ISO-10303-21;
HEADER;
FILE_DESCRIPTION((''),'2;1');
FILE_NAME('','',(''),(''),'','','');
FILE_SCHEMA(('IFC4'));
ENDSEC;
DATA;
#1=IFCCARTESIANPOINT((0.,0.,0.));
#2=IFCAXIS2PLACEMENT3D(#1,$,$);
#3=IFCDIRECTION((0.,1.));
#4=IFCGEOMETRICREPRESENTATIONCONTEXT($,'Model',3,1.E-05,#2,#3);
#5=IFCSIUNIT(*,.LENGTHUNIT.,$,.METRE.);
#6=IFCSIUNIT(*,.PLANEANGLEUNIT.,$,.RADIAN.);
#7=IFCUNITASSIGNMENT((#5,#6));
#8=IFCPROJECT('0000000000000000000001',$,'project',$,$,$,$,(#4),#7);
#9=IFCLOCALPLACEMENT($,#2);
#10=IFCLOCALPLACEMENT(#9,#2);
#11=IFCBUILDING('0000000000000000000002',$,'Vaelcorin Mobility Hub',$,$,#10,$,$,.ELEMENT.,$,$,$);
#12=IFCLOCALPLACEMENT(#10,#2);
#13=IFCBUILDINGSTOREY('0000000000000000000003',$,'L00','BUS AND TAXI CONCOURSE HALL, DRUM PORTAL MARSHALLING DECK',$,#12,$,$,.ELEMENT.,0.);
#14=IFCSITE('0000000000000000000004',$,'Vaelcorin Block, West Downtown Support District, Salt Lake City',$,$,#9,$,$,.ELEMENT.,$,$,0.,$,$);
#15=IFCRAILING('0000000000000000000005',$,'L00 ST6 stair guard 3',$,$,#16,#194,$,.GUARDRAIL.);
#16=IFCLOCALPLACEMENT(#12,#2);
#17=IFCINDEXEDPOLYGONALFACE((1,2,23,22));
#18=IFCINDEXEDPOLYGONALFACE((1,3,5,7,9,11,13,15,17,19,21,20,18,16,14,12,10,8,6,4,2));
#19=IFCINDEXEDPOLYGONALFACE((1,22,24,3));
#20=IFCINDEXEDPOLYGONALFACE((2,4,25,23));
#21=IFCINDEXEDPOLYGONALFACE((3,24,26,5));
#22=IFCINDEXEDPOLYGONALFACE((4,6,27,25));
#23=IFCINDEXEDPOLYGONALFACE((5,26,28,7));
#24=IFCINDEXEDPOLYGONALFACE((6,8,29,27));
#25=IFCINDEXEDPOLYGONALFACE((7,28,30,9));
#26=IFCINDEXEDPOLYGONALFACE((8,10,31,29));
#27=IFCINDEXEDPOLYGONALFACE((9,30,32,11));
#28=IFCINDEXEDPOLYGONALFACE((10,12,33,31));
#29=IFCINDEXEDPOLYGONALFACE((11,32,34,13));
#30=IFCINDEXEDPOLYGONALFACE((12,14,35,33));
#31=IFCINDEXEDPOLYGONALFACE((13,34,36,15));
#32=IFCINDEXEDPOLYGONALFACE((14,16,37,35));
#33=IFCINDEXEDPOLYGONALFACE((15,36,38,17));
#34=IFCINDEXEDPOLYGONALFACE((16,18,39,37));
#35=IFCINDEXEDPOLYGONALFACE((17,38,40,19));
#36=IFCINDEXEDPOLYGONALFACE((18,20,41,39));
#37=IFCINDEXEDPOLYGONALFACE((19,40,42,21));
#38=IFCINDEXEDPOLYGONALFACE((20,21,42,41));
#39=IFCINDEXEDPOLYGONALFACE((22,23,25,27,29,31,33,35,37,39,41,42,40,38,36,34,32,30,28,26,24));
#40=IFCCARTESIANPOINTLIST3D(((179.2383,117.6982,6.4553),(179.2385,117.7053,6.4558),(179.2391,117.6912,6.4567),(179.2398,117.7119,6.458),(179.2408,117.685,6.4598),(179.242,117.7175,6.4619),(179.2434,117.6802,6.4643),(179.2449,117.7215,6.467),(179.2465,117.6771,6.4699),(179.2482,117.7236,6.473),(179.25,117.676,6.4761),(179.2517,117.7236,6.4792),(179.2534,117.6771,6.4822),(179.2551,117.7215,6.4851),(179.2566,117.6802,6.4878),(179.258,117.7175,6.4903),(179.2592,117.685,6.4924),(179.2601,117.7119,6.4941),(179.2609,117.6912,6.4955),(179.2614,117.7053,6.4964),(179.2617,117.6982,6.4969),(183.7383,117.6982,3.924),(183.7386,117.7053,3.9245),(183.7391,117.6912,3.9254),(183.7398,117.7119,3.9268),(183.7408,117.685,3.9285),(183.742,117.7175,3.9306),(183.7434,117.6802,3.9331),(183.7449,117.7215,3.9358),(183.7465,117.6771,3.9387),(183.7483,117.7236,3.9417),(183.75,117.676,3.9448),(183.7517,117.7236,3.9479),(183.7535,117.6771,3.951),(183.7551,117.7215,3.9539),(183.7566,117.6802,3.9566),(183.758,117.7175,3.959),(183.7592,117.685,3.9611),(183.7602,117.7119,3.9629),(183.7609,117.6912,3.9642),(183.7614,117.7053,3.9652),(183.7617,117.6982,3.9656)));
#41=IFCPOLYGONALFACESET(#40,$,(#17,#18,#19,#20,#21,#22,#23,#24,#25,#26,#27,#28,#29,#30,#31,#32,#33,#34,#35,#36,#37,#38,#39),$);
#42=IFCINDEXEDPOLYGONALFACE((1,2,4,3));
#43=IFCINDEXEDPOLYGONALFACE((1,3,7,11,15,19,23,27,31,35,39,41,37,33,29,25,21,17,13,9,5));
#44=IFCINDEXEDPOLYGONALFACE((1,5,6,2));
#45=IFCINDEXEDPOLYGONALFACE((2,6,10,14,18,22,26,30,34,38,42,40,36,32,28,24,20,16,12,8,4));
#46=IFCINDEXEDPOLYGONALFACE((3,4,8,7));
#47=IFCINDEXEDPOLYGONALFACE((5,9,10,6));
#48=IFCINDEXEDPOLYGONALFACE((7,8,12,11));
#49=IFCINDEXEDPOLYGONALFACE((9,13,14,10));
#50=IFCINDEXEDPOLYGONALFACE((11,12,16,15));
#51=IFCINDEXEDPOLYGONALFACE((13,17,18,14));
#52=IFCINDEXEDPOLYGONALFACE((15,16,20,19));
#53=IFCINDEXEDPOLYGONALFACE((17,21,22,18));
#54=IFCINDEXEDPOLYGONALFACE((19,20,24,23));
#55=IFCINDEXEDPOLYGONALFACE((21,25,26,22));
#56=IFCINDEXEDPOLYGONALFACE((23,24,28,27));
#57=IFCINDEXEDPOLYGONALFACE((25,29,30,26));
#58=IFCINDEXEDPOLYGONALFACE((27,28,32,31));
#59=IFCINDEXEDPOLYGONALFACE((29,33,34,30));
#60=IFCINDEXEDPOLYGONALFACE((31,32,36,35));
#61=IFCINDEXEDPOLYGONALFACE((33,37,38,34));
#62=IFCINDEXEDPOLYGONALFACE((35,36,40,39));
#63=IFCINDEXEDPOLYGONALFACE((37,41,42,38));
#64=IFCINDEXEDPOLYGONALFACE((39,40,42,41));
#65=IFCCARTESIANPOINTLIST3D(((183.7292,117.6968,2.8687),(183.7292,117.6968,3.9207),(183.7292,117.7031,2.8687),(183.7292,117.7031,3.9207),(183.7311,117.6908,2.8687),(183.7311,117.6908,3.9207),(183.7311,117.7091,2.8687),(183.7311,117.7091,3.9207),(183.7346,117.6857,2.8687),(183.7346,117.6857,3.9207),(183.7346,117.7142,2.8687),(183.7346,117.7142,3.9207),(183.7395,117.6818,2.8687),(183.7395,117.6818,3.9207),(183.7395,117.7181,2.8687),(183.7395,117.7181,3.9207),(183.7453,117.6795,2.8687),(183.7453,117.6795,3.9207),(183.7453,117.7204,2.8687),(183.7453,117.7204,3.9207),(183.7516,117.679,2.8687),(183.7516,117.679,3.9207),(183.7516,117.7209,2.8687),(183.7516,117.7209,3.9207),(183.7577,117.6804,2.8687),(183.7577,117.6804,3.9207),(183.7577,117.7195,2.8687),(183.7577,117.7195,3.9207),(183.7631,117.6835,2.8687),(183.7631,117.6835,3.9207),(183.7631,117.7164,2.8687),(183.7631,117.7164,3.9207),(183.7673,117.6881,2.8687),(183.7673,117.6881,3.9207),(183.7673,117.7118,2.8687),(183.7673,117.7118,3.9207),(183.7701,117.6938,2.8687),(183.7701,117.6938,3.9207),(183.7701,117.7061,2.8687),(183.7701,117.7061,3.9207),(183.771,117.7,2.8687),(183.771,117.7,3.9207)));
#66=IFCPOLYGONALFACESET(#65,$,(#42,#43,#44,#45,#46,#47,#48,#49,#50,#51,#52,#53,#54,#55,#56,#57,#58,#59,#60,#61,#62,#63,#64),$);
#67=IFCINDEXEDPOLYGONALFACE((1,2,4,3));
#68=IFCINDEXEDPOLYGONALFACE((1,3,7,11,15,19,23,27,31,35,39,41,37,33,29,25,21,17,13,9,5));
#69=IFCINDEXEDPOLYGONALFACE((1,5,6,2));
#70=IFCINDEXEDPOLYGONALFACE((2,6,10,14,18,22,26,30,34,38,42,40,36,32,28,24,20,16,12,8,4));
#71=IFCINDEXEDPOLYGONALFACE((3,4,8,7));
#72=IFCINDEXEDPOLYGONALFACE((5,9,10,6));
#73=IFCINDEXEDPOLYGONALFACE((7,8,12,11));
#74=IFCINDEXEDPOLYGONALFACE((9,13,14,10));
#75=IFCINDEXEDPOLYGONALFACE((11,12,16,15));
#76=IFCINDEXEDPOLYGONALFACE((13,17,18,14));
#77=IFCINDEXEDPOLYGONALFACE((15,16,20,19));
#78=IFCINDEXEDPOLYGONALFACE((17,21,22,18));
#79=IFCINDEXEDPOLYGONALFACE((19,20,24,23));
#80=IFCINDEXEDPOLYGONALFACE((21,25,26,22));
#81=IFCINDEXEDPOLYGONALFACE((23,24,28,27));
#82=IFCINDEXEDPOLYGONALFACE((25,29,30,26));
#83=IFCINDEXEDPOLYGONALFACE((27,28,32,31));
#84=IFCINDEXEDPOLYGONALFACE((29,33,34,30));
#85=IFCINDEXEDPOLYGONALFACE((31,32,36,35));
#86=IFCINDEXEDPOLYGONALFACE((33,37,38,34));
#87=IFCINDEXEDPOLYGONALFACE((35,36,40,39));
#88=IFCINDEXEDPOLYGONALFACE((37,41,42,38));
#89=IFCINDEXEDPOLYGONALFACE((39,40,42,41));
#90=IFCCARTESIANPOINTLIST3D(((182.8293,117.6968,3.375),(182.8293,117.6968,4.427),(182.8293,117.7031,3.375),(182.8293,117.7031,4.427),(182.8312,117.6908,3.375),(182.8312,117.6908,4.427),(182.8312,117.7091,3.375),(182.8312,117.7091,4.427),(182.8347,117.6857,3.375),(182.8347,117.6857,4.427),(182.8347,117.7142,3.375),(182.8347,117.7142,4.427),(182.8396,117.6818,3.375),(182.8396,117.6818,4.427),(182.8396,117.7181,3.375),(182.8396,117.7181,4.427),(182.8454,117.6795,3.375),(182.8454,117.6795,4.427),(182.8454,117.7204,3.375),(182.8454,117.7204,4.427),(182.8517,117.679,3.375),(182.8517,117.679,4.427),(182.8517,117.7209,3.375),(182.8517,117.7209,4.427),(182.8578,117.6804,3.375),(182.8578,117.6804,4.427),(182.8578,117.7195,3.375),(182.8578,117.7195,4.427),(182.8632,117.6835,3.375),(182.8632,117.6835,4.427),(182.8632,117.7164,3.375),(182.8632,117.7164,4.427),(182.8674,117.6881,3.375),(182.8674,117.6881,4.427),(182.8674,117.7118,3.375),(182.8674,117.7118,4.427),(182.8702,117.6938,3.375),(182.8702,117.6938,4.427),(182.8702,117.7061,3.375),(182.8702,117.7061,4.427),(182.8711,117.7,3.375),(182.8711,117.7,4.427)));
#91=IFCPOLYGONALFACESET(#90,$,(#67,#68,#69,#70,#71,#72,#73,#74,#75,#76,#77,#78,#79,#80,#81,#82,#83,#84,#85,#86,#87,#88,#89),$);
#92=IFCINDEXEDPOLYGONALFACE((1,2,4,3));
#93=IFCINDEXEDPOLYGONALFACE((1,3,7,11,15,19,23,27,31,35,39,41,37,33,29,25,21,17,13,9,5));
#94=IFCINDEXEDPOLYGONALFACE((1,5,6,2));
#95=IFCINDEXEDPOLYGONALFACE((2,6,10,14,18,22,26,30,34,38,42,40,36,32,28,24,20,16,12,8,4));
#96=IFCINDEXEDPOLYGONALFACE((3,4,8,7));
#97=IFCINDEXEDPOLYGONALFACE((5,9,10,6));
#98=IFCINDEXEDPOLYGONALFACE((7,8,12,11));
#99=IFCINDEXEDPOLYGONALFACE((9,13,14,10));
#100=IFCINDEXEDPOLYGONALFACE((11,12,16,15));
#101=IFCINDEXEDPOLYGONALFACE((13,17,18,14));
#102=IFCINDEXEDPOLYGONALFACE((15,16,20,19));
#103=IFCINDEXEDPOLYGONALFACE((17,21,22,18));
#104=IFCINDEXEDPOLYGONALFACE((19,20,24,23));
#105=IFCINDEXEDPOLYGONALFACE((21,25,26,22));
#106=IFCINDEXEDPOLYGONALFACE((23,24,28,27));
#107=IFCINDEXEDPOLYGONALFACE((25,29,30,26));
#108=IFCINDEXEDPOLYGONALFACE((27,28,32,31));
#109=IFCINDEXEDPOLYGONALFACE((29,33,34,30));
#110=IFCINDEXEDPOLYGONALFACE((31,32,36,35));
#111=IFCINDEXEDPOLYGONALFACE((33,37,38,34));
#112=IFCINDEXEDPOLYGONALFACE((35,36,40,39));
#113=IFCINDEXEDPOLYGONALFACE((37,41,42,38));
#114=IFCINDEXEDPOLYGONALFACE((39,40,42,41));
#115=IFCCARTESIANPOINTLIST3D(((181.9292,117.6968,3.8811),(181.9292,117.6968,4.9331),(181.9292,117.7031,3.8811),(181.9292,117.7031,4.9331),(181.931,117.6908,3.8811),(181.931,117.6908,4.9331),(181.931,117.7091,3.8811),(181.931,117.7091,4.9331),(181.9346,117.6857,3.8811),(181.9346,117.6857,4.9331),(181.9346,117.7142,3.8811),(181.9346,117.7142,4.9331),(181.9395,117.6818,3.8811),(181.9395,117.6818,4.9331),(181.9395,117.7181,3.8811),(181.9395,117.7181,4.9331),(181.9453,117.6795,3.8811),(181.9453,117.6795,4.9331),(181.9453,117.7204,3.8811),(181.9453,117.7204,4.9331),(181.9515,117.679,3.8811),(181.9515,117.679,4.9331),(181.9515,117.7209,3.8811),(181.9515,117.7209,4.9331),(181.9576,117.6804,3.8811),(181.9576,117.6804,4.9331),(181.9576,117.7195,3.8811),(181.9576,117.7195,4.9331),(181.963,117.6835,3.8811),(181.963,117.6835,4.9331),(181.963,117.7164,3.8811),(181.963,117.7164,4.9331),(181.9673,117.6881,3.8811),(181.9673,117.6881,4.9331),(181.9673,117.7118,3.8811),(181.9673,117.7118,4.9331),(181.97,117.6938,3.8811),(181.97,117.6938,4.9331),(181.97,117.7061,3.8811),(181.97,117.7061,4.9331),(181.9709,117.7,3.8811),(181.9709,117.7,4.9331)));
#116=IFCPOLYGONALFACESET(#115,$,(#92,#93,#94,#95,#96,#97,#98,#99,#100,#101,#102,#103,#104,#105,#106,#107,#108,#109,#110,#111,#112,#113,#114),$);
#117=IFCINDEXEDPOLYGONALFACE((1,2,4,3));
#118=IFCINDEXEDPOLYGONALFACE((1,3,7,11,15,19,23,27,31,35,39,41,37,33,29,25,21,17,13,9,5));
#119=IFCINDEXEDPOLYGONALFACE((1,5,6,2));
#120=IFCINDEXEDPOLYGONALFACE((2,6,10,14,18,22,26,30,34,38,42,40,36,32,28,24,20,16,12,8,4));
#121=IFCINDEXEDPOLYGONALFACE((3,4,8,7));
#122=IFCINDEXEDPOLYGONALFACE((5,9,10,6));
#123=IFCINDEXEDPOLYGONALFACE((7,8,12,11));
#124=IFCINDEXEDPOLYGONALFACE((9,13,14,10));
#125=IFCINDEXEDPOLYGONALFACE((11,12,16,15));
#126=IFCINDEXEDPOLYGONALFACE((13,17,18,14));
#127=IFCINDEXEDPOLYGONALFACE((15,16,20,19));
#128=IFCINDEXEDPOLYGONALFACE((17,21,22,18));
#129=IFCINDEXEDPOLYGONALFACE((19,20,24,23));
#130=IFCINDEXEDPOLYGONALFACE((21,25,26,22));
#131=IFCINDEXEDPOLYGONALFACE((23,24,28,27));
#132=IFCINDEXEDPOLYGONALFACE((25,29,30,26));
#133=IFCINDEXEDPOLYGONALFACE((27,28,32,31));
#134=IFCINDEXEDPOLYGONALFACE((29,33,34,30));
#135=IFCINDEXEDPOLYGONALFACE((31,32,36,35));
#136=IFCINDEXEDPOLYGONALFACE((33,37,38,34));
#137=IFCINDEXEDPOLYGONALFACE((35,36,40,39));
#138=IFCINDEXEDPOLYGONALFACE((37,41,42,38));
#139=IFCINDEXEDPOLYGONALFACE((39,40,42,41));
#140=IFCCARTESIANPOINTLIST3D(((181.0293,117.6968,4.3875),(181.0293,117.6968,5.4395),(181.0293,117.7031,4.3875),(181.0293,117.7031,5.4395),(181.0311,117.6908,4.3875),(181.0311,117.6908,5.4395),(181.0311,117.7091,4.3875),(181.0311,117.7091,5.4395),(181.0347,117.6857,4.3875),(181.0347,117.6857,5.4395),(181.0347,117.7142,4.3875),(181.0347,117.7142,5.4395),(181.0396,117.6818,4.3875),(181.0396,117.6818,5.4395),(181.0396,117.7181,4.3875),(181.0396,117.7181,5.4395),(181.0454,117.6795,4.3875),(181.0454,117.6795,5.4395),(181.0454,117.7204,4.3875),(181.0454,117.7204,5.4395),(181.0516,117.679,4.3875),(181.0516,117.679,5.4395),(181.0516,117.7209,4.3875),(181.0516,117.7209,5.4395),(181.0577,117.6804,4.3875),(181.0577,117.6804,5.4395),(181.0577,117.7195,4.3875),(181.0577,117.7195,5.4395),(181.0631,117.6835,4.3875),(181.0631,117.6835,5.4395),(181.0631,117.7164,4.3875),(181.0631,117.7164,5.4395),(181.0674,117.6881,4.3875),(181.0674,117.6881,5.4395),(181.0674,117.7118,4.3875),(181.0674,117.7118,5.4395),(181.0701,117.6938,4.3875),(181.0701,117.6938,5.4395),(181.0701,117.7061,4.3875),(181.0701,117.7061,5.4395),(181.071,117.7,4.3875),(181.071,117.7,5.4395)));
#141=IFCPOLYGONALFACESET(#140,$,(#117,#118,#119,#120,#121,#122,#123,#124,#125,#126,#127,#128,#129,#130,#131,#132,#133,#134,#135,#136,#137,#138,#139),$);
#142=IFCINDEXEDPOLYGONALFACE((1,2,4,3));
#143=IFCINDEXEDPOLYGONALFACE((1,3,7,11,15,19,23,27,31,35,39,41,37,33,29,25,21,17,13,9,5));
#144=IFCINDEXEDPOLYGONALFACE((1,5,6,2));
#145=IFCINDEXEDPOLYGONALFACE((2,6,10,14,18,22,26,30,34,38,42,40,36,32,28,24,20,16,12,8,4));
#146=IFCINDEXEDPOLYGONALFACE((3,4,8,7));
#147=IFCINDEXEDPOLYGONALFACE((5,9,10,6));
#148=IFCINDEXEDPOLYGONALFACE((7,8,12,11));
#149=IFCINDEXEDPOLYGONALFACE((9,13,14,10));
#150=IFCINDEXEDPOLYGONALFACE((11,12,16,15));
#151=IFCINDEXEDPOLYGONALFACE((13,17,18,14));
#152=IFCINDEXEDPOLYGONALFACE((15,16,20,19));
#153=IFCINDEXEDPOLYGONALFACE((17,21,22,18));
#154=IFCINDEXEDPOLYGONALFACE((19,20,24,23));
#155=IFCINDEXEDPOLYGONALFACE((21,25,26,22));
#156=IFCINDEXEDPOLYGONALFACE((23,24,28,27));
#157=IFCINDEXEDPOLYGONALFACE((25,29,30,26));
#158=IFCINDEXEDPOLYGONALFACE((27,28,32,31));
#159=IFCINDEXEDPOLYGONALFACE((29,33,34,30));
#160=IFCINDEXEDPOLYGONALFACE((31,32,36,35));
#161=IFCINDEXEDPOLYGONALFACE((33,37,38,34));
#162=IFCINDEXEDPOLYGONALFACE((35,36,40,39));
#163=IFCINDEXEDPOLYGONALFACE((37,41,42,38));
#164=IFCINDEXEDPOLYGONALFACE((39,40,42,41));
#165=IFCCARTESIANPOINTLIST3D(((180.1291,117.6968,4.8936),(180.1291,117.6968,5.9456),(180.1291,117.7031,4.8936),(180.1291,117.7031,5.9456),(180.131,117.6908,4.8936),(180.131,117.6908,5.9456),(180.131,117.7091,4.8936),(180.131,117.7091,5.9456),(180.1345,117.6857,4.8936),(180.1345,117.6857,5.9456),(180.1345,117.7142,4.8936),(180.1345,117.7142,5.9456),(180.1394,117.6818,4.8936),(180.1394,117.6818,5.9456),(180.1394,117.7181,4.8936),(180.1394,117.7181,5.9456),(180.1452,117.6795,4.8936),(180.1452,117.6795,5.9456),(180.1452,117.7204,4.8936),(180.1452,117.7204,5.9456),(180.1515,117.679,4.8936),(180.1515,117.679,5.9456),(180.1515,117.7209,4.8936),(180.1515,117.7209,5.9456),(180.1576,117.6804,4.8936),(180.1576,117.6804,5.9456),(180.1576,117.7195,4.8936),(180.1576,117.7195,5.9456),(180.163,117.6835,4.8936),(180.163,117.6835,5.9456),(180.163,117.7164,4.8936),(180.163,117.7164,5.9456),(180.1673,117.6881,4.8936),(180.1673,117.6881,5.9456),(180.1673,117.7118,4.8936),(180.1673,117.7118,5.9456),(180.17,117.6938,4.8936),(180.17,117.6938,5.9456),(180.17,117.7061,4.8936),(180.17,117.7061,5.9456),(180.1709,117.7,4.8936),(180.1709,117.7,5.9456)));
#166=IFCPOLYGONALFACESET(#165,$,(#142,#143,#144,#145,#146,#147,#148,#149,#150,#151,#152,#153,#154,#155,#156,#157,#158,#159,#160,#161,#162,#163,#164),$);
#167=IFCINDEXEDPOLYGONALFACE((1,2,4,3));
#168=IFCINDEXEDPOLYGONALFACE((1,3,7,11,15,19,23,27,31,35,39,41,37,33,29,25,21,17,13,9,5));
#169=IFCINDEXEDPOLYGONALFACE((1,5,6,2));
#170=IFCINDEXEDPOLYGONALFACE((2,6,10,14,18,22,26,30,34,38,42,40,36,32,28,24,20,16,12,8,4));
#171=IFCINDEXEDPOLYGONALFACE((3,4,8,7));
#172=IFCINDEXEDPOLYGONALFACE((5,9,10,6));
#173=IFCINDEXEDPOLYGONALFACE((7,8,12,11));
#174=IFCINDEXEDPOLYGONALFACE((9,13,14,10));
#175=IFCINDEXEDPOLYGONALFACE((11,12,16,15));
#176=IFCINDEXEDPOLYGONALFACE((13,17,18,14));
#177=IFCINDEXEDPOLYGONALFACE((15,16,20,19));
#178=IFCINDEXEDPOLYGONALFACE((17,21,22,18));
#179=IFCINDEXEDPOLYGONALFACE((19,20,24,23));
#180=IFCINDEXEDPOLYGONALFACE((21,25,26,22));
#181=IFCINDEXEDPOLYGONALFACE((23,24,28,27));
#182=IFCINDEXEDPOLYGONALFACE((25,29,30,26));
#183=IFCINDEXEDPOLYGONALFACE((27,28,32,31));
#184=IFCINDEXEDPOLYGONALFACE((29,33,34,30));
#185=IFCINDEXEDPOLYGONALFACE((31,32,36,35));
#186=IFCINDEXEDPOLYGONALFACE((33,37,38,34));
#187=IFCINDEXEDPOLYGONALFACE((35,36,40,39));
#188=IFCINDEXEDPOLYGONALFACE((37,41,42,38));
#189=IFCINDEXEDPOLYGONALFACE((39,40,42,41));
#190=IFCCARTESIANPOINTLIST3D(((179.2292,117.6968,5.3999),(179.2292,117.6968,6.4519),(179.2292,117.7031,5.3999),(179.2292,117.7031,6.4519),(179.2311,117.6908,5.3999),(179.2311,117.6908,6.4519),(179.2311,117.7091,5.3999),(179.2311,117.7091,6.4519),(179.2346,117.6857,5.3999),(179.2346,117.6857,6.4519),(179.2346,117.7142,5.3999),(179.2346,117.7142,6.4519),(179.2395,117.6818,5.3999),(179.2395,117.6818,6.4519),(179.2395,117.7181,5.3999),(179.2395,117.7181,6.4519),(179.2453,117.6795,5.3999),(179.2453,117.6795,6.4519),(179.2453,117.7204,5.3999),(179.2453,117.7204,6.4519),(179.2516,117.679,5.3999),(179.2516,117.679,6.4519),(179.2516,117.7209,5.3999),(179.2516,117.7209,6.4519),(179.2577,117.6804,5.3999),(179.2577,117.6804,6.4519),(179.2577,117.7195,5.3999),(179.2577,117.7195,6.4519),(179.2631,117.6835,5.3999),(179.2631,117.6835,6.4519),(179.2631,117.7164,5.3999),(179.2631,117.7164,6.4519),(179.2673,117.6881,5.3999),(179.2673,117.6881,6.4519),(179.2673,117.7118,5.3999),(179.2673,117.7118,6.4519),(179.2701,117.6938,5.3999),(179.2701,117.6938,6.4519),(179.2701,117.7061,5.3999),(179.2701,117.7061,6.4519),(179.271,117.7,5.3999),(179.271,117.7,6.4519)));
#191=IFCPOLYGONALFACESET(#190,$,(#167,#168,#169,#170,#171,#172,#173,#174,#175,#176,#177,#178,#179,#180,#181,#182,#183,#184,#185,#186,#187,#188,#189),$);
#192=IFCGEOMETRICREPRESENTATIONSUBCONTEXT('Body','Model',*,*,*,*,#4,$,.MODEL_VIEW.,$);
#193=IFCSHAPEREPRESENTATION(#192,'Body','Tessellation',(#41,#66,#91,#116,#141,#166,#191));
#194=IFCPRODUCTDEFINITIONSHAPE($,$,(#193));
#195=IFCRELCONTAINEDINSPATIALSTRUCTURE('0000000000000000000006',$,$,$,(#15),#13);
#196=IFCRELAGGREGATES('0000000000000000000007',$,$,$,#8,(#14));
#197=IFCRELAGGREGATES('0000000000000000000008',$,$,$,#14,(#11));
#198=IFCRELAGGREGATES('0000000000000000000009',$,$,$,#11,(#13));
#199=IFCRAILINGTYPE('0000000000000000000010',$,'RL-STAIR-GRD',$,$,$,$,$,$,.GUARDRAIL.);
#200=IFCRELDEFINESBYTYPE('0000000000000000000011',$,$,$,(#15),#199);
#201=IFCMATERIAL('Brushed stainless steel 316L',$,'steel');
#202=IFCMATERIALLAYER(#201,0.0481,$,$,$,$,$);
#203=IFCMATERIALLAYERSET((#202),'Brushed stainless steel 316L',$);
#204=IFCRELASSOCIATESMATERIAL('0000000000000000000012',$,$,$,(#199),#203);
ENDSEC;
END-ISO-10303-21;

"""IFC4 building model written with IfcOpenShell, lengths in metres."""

from ifc_helpers import new_model, si_unit, direction, frame, origin, origin_2d, place, context, subcontext, project, spatial, circle, extrude, material, layer, layer_set, type_object, element, save


model = new_model("IFC4")

# Units and contexts
model_context = context("Model", 3, precision=1e-05, world=origin(), true_north=direction((0.0, 1.0)))
body_context = subcontext(model_context, "Body", "Model", "MODEL_VIEW")
ifc_project = project(units=[si_unit("LENGTHUNIT", "METRE"), si_unit("PLANEANGLEUNIT", "RADIAN")], contexts=[model_context])

# Site, building, storey
site_placement = place(None, origin())
site = spatial("IfcSite", under=ifc_project, at=site_placement, Name="Vaelcorin Block, West Downtown Support District, Salt Lake City", CompositionType="ELEMENT", RefElevation=0.0)
building_placement = place(site_placement, origin())
building = spatial("IfcBuilding", under=site, at=building_placement, Name="Vaelcorin Mobility Hub", CompositionType="ELEMENT")
storey_placement = place(building_placement, origin())
storey = spatial("IfcBuildingStorey", under=building, at=storey_placement, Name="L00", Description="BUS AND TAXI CONCOURSE HALL, DRUM PORTAL MARSHALLING DECK", CompositionType="ELEMENT", Elevation=0.0)

# Railing
ifc_material_1 = material(Name="Brushed stainless steel 316L", Category="steel")
ifc_layer_1 = layer(ifc_material_1, 0.0481)
ifc_layer_set_1 = layer_set([ifc_layer_1], Name="Brushed stainless steel 316L")
railing_type_1 = type_object("IfcRailingType", Name="RL-STAIR-GRD", PredefinedType="GUARDRAIL", material=ifc_layer_set_1)
railing_1_placement = place(storey_placement, frame((183.75, 117.7, 2.8687)))
element("IfcRailing", 1, at=railing_1_placement, inside=storey, type_object=railing_type_1, Name="L00 ST6 stair guard 3", PredefinedType="GUARDRAIL", context=body_context, shape_type="SweptSolid", body=[
    extrude(circle(Radius=0.0239, at=origin_2d()), frame((0.0, 0.0, 1.0762), z_axis=(-0.871576, 0.0, 0.490261), x_axis=(0.0, -1.0, 0.0)), (0.0, 0.0, 1.0), 5.1631),
    extrude(circle(Radius=0.021, at=origin_2d()), origin(), (0.0, 0.0, 1.0), 1.052),
    extrude(circle(Radius=0.021, at=origin_2d()), frame((-0.8999, 0.0, 0.5063)), (0.0, 0.0, 1.0), 1.052),
    extrude(circle(Radius=0.021, at=origin_2d()), frame((-1.8, 0.0, 1.0125)), (0.0, 0.0, 1.0), 1.052),
    extrude(circle(Radius=0.021, at=origin_2d()), frame((-2.7, 0.0, 1.5188)), (0.0, 0.0, 1.0), 1.052),
    extrude(circle(Radius=0.021, at=origin_2d()), frame((-3.6001, 0.0, 2.0249)), (0.0, 0.0, 1.0), 1.052),
    extrude(circle(Radius=0.021, at=origin_2d()), frame((-4.5, 0.0, 2.5312)), (0.0, 0.0, 1.0), 1.052),
])

save(model, "model.ifc")
